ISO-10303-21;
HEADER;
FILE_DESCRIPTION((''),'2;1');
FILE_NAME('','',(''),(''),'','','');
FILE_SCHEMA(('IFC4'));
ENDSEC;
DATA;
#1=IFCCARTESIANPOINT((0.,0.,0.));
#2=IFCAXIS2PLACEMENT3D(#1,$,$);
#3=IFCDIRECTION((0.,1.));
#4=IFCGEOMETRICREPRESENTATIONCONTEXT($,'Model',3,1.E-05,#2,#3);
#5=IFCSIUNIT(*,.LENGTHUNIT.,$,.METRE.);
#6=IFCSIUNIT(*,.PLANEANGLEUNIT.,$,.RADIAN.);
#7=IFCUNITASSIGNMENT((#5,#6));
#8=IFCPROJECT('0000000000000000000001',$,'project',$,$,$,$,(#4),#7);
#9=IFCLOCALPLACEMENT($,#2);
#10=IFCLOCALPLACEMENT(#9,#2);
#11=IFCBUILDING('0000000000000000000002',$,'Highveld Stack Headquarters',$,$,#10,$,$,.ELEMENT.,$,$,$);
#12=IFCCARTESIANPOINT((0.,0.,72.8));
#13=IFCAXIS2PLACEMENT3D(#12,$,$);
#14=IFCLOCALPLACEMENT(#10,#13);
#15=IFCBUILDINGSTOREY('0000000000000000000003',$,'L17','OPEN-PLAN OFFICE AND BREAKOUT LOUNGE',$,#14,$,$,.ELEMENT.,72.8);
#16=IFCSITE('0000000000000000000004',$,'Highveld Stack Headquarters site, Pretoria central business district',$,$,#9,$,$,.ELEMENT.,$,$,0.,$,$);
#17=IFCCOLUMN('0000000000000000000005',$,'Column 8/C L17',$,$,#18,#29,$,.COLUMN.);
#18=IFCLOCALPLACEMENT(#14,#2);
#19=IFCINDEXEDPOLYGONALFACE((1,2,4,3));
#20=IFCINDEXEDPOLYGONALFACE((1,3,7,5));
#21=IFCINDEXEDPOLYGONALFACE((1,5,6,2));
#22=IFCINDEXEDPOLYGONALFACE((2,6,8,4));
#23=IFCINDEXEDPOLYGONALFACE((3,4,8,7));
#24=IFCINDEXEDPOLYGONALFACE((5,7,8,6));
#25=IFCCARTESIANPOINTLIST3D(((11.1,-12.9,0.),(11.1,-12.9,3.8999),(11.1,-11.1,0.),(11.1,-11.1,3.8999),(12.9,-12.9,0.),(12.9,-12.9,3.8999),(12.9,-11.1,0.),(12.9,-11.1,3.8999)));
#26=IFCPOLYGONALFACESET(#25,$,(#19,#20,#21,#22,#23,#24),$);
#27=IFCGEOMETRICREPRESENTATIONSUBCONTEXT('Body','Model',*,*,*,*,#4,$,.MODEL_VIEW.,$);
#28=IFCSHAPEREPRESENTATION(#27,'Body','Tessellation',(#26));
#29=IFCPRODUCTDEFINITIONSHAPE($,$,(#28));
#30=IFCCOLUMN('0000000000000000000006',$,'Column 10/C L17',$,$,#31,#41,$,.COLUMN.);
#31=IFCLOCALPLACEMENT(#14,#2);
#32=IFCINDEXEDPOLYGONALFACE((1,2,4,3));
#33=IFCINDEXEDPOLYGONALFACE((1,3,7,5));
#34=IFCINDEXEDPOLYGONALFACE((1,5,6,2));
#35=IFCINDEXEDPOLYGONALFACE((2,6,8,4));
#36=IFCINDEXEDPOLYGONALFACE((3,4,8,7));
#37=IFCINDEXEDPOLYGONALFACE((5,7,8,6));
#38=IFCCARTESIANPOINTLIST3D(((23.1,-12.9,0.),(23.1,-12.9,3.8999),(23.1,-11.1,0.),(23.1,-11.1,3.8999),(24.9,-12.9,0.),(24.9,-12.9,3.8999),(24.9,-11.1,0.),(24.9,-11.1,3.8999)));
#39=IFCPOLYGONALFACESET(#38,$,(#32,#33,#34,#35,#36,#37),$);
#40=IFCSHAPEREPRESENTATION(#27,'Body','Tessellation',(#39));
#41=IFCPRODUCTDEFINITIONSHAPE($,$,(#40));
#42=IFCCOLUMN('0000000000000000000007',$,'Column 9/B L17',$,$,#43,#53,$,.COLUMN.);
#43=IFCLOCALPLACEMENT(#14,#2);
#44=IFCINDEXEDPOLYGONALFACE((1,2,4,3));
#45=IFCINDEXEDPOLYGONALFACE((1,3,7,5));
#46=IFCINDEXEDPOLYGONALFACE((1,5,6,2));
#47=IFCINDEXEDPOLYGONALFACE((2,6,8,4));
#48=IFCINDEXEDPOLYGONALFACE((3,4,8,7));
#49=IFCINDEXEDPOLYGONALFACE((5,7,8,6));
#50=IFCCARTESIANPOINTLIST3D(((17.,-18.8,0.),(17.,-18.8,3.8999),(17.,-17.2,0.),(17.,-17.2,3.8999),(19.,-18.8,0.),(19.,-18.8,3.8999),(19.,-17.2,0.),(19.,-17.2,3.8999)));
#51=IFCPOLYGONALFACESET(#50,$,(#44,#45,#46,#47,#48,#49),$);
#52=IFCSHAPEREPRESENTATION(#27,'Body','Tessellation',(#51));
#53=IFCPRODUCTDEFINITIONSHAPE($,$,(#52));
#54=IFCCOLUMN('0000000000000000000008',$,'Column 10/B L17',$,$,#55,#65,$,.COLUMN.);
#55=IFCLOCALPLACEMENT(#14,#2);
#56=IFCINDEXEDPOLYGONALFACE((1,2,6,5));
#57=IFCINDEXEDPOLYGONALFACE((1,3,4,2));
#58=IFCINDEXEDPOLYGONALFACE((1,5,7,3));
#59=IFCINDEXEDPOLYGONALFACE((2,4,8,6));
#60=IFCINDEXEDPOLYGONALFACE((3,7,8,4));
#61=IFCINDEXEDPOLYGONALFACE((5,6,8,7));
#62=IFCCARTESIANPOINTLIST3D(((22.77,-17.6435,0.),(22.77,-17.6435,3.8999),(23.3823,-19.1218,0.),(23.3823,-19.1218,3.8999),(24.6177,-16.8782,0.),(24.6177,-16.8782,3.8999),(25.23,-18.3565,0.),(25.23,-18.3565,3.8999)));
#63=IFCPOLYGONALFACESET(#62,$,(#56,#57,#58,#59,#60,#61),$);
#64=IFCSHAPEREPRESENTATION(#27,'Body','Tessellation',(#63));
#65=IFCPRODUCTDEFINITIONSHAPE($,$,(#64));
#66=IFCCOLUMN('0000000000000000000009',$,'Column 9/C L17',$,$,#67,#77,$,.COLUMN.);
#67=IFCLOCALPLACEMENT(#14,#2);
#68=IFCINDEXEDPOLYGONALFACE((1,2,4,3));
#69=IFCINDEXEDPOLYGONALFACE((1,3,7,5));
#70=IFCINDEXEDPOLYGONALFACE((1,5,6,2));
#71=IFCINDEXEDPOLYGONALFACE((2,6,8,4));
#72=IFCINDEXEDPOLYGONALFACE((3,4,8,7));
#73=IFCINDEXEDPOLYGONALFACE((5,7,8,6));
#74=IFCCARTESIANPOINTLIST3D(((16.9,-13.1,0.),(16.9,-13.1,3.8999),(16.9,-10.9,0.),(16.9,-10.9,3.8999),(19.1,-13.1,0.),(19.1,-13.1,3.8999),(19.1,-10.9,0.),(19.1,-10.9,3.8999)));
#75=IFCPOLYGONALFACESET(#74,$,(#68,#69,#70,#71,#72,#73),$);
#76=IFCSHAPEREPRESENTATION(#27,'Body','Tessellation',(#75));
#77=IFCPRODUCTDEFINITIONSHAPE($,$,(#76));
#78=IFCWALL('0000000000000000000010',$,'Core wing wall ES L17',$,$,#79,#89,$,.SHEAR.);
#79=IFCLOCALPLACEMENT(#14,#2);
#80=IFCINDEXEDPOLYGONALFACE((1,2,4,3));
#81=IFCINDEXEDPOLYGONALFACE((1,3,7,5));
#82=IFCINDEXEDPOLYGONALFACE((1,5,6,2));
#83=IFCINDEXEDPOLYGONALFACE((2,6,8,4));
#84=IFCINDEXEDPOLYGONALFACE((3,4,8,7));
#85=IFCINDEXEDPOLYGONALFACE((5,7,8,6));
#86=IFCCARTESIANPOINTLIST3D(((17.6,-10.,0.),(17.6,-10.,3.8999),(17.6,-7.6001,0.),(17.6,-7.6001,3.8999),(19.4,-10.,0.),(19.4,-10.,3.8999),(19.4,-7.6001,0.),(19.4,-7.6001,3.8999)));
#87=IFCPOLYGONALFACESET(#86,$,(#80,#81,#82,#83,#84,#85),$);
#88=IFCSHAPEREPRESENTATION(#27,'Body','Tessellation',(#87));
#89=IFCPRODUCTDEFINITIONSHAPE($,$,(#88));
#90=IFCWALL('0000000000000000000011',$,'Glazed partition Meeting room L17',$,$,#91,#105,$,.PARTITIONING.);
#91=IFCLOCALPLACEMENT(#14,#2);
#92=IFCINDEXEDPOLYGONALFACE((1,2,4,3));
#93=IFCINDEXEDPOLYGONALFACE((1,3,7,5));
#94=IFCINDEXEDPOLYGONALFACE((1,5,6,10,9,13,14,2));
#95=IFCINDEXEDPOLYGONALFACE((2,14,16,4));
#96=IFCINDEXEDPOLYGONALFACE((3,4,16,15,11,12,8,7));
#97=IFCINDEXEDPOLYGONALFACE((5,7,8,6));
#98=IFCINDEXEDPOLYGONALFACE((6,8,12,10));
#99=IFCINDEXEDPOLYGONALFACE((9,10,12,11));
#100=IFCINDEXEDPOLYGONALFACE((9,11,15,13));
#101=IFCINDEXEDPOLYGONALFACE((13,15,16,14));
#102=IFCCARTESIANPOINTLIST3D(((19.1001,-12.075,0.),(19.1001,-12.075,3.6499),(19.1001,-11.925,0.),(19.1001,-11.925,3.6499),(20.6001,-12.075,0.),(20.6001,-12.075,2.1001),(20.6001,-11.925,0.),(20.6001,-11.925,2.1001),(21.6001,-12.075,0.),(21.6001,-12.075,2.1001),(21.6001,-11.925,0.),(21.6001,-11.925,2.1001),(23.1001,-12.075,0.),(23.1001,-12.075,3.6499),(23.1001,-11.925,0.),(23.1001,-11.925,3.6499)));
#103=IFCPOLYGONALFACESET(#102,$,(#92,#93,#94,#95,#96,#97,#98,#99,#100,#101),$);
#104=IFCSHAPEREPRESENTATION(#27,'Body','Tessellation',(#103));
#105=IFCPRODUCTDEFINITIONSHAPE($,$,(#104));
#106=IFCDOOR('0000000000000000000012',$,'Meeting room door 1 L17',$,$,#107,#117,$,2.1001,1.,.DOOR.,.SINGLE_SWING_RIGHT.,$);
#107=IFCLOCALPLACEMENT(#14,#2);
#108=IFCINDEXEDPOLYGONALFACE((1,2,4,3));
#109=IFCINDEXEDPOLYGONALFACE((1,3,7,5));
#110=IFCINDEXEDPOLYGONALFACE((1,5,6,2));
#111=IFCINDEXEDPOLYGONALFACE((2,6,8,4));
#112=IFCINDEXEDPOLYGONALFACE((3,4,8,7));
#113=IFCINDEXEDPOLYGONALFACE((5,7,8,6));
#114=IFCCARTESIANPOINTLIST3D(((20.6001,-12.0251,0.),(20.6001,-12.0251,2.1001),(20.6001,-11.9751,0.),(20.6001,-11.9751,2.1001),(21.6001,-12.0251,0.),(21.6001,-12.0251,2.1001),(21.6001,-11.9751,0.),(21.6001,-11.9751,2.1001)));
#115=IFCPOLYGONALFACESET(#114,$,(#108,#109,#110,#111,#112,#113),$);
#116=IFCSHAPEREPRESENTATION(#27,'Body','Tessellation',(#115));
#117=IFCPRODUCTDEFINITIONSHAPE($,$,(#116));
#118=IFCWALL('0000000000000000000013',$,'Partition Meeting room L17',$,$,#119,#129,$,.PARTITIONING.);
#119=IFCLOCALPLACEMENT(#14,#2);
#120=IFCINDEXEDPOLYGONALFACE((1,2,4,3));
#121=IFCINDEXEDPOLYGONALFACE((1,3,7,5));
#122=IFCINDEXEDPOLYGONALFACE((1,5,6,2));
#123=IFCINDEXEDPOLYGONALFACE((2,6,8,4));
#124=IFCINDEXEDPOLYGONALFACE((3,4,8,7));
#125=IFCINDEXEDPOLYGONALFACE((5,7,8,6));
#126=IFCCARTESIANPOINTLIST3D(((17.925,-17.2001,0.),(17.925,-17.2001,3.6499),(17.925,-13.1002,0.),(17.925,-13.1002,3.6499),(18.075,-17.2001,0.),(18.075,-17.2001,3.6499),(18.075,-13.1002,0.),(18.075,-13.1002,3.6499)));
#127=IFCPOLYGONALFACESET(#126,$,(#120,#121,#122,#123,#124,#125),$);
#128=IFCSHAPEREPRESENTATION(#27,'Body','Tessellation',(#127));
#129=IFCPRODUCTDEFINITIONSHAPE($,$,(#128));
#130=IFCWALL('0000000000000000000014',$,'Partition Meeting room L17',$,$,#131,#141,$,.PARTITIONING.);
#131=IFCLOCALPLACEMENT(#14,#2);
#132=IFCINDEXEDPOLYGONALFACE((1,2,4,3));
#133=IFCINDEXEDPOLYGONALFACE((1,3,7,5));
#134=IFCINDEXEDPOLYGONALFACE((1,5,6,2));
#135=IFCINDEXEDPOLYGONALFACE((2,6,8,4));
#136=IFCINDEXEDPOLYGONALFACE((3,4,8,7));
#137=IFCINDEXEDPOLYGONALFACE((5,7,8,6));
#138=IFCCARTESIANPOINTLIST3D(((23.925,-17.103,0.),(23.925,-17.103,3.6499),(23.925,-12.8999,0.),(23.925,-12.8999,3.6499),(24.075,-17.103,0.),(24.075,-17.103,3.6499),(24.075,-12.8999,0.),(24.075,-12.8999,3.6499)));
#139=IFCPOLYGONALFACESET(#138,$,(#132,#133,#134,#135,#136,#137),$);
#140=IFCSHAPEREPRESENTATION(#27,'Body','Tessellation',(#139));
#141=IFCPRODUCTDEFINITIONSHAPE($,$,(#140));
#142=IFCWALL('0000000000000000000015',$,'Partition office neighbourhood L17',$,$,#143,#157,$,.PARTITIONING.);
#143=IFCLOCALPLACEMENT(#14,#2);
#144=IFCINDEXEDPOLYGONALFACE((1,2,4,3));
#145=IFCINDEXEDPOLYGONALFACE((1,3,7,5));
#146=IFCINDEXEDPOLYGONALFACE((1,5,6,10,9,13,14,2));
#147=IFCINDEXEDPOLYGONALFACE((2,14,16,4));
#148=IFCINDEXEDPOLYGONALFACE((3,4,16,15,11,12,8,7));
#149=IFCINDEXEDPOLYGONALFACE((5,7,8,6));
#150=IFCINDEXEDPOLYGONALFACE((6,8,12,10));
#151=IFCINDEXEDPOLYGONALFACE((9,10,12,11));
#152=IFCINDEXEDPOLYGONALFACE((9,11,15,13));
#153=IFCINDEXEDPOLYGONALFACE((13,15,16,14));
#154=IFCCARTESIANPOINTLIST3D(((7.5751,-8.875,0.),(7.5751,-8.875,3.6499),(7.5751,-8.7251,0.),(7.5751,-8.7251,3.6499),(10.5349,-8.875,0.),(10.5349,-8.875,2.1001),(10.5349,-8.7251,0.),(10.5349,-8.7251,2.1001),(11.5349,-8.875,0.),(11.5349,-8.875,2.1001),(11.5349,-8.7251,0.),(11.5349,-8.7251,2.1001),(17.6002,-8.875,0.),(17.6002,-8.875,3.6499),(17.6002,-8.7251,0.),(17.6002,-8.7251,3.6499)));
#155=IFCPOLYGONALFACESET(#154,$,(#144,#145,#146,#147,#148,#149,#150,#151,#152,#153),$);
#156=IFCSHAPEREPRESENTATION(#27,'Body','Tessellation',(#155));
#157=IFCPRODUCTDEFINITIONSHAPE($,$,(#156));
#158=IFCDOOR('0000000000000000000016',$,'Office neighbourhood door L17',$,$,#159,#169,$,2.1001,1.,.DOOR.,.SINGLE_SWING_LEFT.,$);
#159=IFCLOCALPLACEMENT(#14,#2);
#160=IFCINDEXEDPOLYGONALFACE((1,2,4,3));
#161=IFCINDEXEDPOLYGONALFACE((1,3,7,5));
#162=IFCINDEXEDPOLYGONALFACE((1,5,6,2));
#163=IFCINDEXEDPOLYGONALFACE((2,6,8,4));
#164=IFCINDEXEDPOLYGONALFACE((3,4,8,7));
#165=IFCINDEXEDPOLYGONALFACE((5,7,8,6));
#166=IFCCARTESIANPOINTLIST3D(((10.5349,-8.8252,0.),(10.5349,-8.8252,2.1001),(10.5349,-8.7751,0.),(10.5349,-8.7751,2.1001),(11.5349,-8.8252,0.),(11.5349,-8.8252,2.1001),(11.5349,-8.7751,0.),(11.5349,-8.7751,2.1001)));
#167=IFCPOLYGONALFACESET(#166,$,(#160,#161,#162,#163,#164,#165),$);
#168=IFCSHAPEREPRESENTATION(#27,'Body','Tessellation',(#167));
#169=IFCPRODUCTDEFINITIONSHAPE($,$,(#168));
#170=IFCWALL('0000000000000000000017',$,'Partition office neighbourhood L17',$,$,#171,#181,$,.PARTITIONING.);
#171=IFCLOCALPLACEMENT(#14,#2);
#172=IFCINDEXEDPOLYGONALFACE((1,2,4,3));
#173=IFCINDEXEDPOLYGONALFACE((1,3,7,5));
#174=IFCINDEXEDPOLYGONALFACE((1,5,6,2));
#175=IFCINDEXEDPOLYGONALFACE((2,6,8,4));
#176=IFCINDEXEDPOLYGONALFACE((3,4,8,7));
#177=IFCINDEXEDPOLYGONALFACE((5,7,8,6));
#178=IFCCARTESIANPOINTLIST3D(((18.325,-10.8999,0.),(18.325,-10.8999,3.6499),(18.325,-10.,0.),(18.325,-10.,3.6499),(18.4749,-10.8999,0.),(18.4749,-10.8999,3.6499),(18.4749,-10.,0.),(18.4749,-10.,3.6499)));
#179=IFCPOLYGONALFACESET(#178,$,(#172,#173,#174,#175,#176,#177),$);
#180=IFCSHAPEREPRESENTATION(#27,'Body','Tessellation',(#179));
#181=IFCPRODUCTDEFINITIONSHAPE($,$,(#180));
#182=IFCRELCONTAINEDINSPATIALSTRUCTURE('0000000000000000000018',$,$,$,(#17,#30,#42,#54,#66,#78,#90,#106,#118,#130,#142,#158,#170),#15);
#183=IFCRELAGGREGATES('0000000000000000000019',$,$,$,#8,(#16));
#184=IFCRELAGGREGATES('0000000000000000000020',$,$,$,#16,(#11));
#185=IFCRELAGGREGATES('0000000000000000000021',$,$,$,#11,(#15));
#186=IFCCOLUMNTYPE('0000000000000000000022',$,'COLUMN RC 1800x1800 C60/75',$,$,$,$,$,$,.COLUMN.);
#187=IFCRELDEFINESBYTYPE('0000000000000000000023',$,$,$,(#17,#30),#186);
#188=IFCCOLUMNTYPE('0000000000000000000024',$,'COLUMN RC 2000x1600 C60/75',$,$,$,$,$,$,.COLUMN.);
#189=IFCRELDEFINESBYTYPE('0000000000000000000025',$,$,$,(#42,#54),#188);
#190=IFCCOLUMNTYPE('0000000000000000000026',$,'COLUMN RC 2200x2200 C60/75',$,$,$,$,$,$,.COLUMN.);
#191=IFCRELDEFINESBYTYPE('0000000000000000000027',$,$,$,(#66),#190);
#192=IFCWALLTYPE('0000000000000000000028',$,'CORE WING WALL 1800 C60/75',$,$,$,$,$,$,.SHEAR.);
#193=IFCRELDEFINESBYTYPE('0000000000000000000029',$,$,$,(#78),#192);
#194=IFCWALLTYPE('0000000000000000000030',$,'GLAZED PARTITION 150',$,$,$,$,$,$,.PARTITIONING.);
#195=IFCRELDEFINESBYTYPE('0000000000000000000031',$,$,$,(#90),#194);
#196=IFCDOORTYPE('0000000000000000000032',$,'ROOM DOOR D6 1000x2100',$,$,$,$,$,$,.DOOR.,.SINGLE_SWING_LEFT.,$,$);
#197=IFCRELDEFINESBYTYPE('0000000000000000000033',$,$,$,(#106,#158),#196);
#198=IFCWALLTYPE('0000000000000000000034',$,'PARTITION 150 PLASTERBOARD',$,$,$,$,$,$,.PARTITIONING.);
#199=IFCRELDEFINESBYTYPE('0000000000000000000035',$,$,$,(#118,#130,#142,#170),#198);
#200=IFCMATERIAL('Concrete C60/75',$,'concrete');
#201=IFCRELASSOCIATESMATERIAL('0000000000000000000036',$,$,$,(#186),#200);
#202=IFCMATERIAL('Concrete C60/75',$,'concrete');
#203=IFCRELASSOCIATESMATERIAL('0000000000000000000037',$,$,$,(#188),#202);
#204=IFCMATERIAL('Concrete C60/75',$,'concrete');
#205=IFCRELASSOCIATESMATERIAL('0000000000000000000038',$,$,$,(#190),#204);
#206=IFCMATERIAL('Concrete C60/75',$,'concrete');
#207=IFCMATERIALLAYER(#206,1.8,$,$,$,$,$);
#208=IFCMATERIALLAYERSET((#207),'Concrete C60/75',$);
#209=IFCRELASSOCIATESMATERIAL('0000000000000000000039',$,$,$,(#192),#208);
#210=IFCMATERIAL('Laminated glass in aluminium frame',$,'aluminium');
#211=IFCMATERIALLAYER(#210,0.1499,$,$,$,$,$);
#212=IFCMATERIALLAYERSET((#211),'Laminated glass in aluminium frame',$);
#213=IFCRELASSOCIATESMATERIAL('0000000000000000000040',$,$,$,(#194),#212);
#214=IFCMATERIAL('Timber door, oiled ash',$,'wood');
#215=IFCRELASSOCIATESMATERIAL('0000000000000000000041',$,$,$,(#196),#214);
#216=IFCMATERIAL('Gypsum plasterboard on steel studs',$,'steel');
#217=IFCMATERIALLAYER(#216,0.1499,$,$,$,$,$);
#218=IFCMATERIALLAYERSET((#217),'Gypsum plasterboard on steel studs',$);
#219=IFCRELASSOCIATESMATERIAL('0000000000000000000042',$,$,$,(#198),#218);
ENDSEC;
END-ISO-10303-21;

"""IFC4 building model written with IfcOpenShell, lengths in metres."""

from ifc_helpers import new_model, si_unit, direction, frame, frame_2d, origin, origin_2d, place, context, subcontext, project, spatial, rectangle, extrude, material, layer, layer_set, material_profile, profile_set, type_object, element, fill, save


model = new_model("IFC4")

# Units and contexts
model_context = context("Model", 3, precision=1e-05, world=origin(), true_north=direction((0.0, 1.0)))
body_context = subcontext(model_context, "Body", "Model", "MODEL_VIEW")
ifc_project = project(units=[si_unit("LENGTHUNIT", "METRE"), si_unit("PLANEANGLEUNIT", "RADIAN")], contexts=[model_context])

# Site, building, storey
site_placement = place(None, origin())
site = spatial("IfcSite", under=ifc_project, at=site_placement, Name="Highveld Stack Headquarters site, Pretoria central business district", CompositionType="ELEMENT", RefElevation=0.0)
building_placement = place(site_placement, origin())
building = spatial("IfcBuilding", under=site, at=building_placement, Name="Highveld Stack Headquarters", CompositionType="ELEMENT")
storey_placement = place(building_placement, frame((0.0, 0.0, 72.8)))
storey = spatial("IfcBuildingStorey", under=building, at=storey_placement, Name="L17", Description="OPEN-PLAN OFFICE AND BREAKOUT LOUNGE", CompositionType="ELEMENT", Elevation=72.8)

# Columns
ifc_material_1 = material(Name="Concrete C60/75", Category="concrete")
ifc_material_profile_1 = material_profile(ifc_material_1, rectangle(XDim=1.8, YDim=1.8, at=origin_2d()), Name="RC 1800x1800")
ifc_profile_set_1 = profile_set([ifc_material_profile_1], Name="Concrete C60/75")
column_type_1 = type_object("IfcColumnType", Name="COLUMN RC 1800x1800 C60/75", PredefinedType="COLUMN", material=ifc_profile_set_1)
for number, where, z_axis, x_axis, name in (
    (1, (12.0, -12.0, 0.0), (0.0, 0.0, 1.0), (1.0, 0.0, 0.0), "Column 8/C L17"),
    (2, (24.0, -12.0, 0.0), (0.0, 0.0, 1.0), (1.0, 0.0, 0.0), "Column 10/C L17"),
):
    element("IfcColumn", number, at=place(storey_placement, frame(where, z_axis=z_axis, x_axis=x_axis)), inside=storey, type_object=column_type_1, Name=name, PredefinedType="COLUMN", context=body_context, shape_type="SweptSolid", body=[
        extrude(rectangle(XDim=1.8, YDim=1.8, at=origin_2d()), origin(), (0.0, 0.0, 1.0), 3.8999),
    ])
ifc_material_2 = material(Name="Concrete C60/75", Category="concrete")
ifc_material_profile_2 = material_profile(ifc_material_2, rectangle(XDim=2.0, YDim=1.6001, at=origin_2d()), Name="RC 2000x1600")
ifc_profile_set_2 = profile_set([ifc_material_profile_2], Name="Concrete C60/75")
column_type_2 = type_object("IfcColumnType", Name="COLUMN RC 2000x1600 C60/75", PredefinedType="COLUMN", material=ifc_profile_set_2)
for number, where, z_axis, x_axis, name in (
    (3, (18.0, -18.0, 0.0), (0.0, 0.0, 1.0), (1.0, 0.0, 0.0), "Column 9/B L17"),
    (4, (24.0, -18.0, 0.0), (0.0, 0.0, 1.0), (-0.92388, -0.382683, 0.0), "Column 10/B L17"),
):
    element("IfcColumn", number, at=place(storey_placement, frame(where, z_axis=z_axis, x_axis=x_axis)), inside=storey, type_object=column_type_2, Name=name, PredefinedType="COLUMN", context=body_context, shape_type="SweptSolid", body=[
        extrude(rectangle(XDim=2.0, YDim=1.6001, at=origin_2d()), origin(), (0.0, 0.0, 1.0), 3.8999),
    ])
ifc_material_3 = material(Name="Concrete C60/75", Category="concrete")
ifc_material_profile_3 = material_profile(ifc_material_3, rectangle(XDim=2.2, YDim=2.2, at=origin_2d()), Name="RC 2200x2200")
ifc_profile_set_3 = profile_set([ifc_material_profile_3], Name="Concrete C60/75")
column_type_3 = type_object("IfcColumnType", Name="COLUMN RC 2200x2200 C60/75", PredefinedType="COLUMN", material=ifc_profile_set_3)
column_placement = place(storey_placement, frame((18.0, -12.0, 0.0), z_axis=(0.0, 0.0, 1.0), x_axis=(1.0, 0.0, 0.0)))
element("IfcColumn", 5, at=column_placement, inside=storey, type_object=column_type_3, Name="Column 9/C L17", PredefinedType="COLUMN", context=body_context, shape_type="SweptSolid", body=[
    extrude(rectangle(XDim=2.2, YDim=2.2, at=origin_2d()), origin(), (0.0, 0.0, 1.0), 3.8999),
])

# Wall
ifc_material_4 = material(Name="Concrete C60/75", Category="concrete")
ifc_layer_1 = layer(ifc_material_4, 1.8)
ifc_layer_set_1 = layer_set([ifc_layer_1], Name="Concrete C60/75")
wall_type_1 = type_object("IfcWallType", Name="CORE WING WALL 1800 C60/75", PredefinedType="SHEAR", material=ifc_layer_set_1)
wall_1_placement = place(storey_placement, frame((18.5, -10.0, 0.0), z_axis=(0.0, 0.0, 1.0), x_axis=(0.0, 1.0, 0.0)))
element("IfcWall", 6, at=wall_1_placement, inside=storey, type_object=wall_type_1, Name="Core wing wall ES L17", PredefinedType="SHEAR", context=body_context, shape_type="SweptSolid", body=[
    extrude(rectangle(XDim=2.3999, YDim=1.8, at=frame_2d((1.2, 0.0))), origin(), (0.0, 0.0, 1.0), 3.8999),
])

# Wall, opening, door
ifc_material_5 = material(Name="Laminated glass in aluminium frame", Category="aluminium")
ifc_layer_2 = layer(ifc_material_5, 0.1499)
ifc_layer_set_2 = layer_set([ifc_layer_2], Name="Laminated glass in aluminium frame")
wall_type_2 = type_object("IfcWallType", Name="GLAZED PARTITION 150", PredefinedType="PARTITIONING", material=ifc_layer_set_2)
wall_2_placement = place(storey_placement, frame((19.1001, -12.0, 0.0), z_axis=(0.0, 0.0, 1.0), x_axis=(1.0, 0.0, 0.0)))
wall_2 = element("IfcWall", 7, at=wall_2_placement, inside=storey, type_object=wall_type_2, Name="Glazed partition Meeting room L17", PredefinedType="PARTITIONING", context=body_context, shape_type="SweptSolid", body=[
    extrude(rectangle(XDim=4.0, YDim=0.1499, at=frame_2d((2.0, 0.0))), origin(), (0.0, 0.0, 1.0), 3.6499),
])
opening_1_placement = place(wall_2_placement, frame((1.5, 0.0, 0.0)))
opening_1 = element("IfcOpeningElement", 8, at=opening_1_placement, cuts=wall_2, PredefinedType="OPENING", context=body_context, shape_type="SweptSolid", body=[
    extrude(rectangle(XDim=1.0, YDim=2.1001, at=frame_2d((0.5, 1.05))), frame((0.0, 0.085, 0.0), z_axis=(0.0, -1.0, 0.0), x_axis=(1.0, 0.0, 0.0)), (0.0, 0.0, 1.0), 0.1699),
])
ifc_material_6 = material(Name="Timber door, oiled ash", Category="wood")
door_type_1 = type_object("IfcDoorType", Name="ROOM DOOR D6 1000x2100", OperationType="SINGLE_SWING_LEFT", PredefinedType="DOOR", material=ifc_material_6)
door_1_placement = place(opening_1_placement, origin())
door_1 = element("IfcDoor", 9, at=door_1_placement, inside=storey, type_object=door_type_1, Name="Meeting room door 1 L17", OperationType="SINGLE_SWING_RIGHT", OverallHeight=2.1001, OverallWidth=1.0, PredefinedType="DOOR", context=body_context, shape_type="SweptSolid", body=[
    extrude(rectangle(XDim=1.0, YDim=2.1001, at=frame_2d((0.5, 1.05))), frame((0.0, 0.0249, 0.0), z_axis=(0.0, -1.0, 0.0), x_axis=(1.0, 0.0, 0.0)), (0.0, 0.0, 1.0), 0.05),
])
fill(opening_1, door_1)

# Walls
ifc_material_7 = material(Name="Gypsum plasterboard on steel studs", Category="steel")
ifc_layer_3 = layer(ifc_material_7, 0.1499)
ifc_layer_set_3 = layer_set([ifc_layer_3], Name="Gypsum plasterboard on steel studs")
wall_type_3 = type_object("IfcWallType", Name="PARTITION 150 PLASTERBOARD", PredefinedType="PARTITIONING", material=ifc_layer_set_3)
wall_3_placement = place(storey_placement, frame((18.0, -17.2, 0.0), z_axis=(0.0, 0.0, 1.0), x_axis=(0.0, 1.0, 0.0)))
element("IfcWall", 10, at=wall_3_placement, inside=storey, type_object=wall_type_3, Name="Partition Meeting room L17", PredefinedType="PARTITIONING", context=body_context, shape_type="SweptSolid", body=[
    extrude(rectangle(XDim=4.0999, YDim=0.1499, at=frame_2d((2.0498, 0.0))), origin(), (0.0, 0.0, 1.0), 3.6499),
])
wall_4_placement = place(storey_placement, frame((24.0, -17.103, 0.0), z_axis=(0.0, 0.0, 1.0), x_axis=(0.0, 1.0, 0.0)))
element("IfcWall", 11, at=wall_4_placement, inside=storey, type_object=wall_type_3, Name="Partition Meeting room L17", PredefinedType="PARTITIONING", context=body_context, shape_type="SweptSolid", body=[
    extrude(rectangle(XDim=4.2031, YDim=0.1499, at=frame_2d((2.1016, 0.0))), origin(), (0.0, 0.0, 1.0), 3.6499),
])

# Wall, opening, door
wall_5_placement = place(storey_placement, frame((7.575, -8.8, 0.0), z_axis=(0.0, 0.0, 1.0), x_axis=(1.0, 0.0, 0.0)))
wall_5 = element("IfcWall", 12, at=wall_5_placement, inside=storey, type_object=wall_type_3, Name="Partition office neighbourhood L17", PredefinedType="PARTITIONING", context=body_context, shape_type="SweptSolid", body=[
    extrude(rectangle(XDim=10.0251, YDim=0.1499, at=frame_2d((5.0127, 0.0))), origin(), (0.0, 0.0, 1.0), 3.6499),
])
opening_2_placement = place(wall_5_placement, frame((2.96, 0.0, 0.0)))
opening_2 = element("IfcOpeningElement", 13, at=opening_2_placement, cuts=wall_5, PredefinedType="OPENING", context=body_context, shape_type="SweptSolid", body=[
    extrude(rectangle(XDim=1.0, YDim=2.1001, at=frame_2d((0.5, 1.05))), frame((0.0, 0.085, 0.0), z_axis=(0.0, -1.0, 0.0), x_axis=(1.0, 0.0, 0.0)), (0.0, 0.0, 1.0), 0.1699),
])
door_2_placement = place(opening_2_placement, origin())
door_2 = element("IfcDoor", 14, at=door_2_placement, inside=storey, type_object=door_type_1, Name="Office neighbourhood door L17", OperationType="SINGLE_SWING_LEFT", OverallHeight=2.1001, OverallWidth=1.0, PredefinedType="DOOR", context=body_context, shape_type="SweptSolid", body=[
    extrude(rectangle(XDim=1.0, YDim=2.1001, at=frame_2d((0.5, 1.05))), frame((0.0, 0.0249, 0.0), z_axis=(0.0, -1.0, 0.0), x_axis=(1.0, 0.0, 0.0)), (0.0, 0.0, 1.0), 0.05),
])
fill(opening_2, door_2)

# Wall
wall_6_placement = place(storey_placement, frame((18.3999, -10.8999, 0.0), z_axis=(0.0, 0.0, 1.0), x_axis=(0.0, 1.0, 0.0)))
element("IfcWall", 15, at=wall_6_placement, inside=storey, type_object=wall_type_3, Name="Partition office neighbourhood L17", PredefinedType="PARTITIONING", context=body_context, shape_type="SweptSolid", body=[
    extrude(rectangle(XDim=0.8999, YDim=0.1499, at=frame_2d((0.45, 0.0))), origin(), (0.0, 0.0, 1.0), 3.6499),
])

save(model, "model.ifc")
